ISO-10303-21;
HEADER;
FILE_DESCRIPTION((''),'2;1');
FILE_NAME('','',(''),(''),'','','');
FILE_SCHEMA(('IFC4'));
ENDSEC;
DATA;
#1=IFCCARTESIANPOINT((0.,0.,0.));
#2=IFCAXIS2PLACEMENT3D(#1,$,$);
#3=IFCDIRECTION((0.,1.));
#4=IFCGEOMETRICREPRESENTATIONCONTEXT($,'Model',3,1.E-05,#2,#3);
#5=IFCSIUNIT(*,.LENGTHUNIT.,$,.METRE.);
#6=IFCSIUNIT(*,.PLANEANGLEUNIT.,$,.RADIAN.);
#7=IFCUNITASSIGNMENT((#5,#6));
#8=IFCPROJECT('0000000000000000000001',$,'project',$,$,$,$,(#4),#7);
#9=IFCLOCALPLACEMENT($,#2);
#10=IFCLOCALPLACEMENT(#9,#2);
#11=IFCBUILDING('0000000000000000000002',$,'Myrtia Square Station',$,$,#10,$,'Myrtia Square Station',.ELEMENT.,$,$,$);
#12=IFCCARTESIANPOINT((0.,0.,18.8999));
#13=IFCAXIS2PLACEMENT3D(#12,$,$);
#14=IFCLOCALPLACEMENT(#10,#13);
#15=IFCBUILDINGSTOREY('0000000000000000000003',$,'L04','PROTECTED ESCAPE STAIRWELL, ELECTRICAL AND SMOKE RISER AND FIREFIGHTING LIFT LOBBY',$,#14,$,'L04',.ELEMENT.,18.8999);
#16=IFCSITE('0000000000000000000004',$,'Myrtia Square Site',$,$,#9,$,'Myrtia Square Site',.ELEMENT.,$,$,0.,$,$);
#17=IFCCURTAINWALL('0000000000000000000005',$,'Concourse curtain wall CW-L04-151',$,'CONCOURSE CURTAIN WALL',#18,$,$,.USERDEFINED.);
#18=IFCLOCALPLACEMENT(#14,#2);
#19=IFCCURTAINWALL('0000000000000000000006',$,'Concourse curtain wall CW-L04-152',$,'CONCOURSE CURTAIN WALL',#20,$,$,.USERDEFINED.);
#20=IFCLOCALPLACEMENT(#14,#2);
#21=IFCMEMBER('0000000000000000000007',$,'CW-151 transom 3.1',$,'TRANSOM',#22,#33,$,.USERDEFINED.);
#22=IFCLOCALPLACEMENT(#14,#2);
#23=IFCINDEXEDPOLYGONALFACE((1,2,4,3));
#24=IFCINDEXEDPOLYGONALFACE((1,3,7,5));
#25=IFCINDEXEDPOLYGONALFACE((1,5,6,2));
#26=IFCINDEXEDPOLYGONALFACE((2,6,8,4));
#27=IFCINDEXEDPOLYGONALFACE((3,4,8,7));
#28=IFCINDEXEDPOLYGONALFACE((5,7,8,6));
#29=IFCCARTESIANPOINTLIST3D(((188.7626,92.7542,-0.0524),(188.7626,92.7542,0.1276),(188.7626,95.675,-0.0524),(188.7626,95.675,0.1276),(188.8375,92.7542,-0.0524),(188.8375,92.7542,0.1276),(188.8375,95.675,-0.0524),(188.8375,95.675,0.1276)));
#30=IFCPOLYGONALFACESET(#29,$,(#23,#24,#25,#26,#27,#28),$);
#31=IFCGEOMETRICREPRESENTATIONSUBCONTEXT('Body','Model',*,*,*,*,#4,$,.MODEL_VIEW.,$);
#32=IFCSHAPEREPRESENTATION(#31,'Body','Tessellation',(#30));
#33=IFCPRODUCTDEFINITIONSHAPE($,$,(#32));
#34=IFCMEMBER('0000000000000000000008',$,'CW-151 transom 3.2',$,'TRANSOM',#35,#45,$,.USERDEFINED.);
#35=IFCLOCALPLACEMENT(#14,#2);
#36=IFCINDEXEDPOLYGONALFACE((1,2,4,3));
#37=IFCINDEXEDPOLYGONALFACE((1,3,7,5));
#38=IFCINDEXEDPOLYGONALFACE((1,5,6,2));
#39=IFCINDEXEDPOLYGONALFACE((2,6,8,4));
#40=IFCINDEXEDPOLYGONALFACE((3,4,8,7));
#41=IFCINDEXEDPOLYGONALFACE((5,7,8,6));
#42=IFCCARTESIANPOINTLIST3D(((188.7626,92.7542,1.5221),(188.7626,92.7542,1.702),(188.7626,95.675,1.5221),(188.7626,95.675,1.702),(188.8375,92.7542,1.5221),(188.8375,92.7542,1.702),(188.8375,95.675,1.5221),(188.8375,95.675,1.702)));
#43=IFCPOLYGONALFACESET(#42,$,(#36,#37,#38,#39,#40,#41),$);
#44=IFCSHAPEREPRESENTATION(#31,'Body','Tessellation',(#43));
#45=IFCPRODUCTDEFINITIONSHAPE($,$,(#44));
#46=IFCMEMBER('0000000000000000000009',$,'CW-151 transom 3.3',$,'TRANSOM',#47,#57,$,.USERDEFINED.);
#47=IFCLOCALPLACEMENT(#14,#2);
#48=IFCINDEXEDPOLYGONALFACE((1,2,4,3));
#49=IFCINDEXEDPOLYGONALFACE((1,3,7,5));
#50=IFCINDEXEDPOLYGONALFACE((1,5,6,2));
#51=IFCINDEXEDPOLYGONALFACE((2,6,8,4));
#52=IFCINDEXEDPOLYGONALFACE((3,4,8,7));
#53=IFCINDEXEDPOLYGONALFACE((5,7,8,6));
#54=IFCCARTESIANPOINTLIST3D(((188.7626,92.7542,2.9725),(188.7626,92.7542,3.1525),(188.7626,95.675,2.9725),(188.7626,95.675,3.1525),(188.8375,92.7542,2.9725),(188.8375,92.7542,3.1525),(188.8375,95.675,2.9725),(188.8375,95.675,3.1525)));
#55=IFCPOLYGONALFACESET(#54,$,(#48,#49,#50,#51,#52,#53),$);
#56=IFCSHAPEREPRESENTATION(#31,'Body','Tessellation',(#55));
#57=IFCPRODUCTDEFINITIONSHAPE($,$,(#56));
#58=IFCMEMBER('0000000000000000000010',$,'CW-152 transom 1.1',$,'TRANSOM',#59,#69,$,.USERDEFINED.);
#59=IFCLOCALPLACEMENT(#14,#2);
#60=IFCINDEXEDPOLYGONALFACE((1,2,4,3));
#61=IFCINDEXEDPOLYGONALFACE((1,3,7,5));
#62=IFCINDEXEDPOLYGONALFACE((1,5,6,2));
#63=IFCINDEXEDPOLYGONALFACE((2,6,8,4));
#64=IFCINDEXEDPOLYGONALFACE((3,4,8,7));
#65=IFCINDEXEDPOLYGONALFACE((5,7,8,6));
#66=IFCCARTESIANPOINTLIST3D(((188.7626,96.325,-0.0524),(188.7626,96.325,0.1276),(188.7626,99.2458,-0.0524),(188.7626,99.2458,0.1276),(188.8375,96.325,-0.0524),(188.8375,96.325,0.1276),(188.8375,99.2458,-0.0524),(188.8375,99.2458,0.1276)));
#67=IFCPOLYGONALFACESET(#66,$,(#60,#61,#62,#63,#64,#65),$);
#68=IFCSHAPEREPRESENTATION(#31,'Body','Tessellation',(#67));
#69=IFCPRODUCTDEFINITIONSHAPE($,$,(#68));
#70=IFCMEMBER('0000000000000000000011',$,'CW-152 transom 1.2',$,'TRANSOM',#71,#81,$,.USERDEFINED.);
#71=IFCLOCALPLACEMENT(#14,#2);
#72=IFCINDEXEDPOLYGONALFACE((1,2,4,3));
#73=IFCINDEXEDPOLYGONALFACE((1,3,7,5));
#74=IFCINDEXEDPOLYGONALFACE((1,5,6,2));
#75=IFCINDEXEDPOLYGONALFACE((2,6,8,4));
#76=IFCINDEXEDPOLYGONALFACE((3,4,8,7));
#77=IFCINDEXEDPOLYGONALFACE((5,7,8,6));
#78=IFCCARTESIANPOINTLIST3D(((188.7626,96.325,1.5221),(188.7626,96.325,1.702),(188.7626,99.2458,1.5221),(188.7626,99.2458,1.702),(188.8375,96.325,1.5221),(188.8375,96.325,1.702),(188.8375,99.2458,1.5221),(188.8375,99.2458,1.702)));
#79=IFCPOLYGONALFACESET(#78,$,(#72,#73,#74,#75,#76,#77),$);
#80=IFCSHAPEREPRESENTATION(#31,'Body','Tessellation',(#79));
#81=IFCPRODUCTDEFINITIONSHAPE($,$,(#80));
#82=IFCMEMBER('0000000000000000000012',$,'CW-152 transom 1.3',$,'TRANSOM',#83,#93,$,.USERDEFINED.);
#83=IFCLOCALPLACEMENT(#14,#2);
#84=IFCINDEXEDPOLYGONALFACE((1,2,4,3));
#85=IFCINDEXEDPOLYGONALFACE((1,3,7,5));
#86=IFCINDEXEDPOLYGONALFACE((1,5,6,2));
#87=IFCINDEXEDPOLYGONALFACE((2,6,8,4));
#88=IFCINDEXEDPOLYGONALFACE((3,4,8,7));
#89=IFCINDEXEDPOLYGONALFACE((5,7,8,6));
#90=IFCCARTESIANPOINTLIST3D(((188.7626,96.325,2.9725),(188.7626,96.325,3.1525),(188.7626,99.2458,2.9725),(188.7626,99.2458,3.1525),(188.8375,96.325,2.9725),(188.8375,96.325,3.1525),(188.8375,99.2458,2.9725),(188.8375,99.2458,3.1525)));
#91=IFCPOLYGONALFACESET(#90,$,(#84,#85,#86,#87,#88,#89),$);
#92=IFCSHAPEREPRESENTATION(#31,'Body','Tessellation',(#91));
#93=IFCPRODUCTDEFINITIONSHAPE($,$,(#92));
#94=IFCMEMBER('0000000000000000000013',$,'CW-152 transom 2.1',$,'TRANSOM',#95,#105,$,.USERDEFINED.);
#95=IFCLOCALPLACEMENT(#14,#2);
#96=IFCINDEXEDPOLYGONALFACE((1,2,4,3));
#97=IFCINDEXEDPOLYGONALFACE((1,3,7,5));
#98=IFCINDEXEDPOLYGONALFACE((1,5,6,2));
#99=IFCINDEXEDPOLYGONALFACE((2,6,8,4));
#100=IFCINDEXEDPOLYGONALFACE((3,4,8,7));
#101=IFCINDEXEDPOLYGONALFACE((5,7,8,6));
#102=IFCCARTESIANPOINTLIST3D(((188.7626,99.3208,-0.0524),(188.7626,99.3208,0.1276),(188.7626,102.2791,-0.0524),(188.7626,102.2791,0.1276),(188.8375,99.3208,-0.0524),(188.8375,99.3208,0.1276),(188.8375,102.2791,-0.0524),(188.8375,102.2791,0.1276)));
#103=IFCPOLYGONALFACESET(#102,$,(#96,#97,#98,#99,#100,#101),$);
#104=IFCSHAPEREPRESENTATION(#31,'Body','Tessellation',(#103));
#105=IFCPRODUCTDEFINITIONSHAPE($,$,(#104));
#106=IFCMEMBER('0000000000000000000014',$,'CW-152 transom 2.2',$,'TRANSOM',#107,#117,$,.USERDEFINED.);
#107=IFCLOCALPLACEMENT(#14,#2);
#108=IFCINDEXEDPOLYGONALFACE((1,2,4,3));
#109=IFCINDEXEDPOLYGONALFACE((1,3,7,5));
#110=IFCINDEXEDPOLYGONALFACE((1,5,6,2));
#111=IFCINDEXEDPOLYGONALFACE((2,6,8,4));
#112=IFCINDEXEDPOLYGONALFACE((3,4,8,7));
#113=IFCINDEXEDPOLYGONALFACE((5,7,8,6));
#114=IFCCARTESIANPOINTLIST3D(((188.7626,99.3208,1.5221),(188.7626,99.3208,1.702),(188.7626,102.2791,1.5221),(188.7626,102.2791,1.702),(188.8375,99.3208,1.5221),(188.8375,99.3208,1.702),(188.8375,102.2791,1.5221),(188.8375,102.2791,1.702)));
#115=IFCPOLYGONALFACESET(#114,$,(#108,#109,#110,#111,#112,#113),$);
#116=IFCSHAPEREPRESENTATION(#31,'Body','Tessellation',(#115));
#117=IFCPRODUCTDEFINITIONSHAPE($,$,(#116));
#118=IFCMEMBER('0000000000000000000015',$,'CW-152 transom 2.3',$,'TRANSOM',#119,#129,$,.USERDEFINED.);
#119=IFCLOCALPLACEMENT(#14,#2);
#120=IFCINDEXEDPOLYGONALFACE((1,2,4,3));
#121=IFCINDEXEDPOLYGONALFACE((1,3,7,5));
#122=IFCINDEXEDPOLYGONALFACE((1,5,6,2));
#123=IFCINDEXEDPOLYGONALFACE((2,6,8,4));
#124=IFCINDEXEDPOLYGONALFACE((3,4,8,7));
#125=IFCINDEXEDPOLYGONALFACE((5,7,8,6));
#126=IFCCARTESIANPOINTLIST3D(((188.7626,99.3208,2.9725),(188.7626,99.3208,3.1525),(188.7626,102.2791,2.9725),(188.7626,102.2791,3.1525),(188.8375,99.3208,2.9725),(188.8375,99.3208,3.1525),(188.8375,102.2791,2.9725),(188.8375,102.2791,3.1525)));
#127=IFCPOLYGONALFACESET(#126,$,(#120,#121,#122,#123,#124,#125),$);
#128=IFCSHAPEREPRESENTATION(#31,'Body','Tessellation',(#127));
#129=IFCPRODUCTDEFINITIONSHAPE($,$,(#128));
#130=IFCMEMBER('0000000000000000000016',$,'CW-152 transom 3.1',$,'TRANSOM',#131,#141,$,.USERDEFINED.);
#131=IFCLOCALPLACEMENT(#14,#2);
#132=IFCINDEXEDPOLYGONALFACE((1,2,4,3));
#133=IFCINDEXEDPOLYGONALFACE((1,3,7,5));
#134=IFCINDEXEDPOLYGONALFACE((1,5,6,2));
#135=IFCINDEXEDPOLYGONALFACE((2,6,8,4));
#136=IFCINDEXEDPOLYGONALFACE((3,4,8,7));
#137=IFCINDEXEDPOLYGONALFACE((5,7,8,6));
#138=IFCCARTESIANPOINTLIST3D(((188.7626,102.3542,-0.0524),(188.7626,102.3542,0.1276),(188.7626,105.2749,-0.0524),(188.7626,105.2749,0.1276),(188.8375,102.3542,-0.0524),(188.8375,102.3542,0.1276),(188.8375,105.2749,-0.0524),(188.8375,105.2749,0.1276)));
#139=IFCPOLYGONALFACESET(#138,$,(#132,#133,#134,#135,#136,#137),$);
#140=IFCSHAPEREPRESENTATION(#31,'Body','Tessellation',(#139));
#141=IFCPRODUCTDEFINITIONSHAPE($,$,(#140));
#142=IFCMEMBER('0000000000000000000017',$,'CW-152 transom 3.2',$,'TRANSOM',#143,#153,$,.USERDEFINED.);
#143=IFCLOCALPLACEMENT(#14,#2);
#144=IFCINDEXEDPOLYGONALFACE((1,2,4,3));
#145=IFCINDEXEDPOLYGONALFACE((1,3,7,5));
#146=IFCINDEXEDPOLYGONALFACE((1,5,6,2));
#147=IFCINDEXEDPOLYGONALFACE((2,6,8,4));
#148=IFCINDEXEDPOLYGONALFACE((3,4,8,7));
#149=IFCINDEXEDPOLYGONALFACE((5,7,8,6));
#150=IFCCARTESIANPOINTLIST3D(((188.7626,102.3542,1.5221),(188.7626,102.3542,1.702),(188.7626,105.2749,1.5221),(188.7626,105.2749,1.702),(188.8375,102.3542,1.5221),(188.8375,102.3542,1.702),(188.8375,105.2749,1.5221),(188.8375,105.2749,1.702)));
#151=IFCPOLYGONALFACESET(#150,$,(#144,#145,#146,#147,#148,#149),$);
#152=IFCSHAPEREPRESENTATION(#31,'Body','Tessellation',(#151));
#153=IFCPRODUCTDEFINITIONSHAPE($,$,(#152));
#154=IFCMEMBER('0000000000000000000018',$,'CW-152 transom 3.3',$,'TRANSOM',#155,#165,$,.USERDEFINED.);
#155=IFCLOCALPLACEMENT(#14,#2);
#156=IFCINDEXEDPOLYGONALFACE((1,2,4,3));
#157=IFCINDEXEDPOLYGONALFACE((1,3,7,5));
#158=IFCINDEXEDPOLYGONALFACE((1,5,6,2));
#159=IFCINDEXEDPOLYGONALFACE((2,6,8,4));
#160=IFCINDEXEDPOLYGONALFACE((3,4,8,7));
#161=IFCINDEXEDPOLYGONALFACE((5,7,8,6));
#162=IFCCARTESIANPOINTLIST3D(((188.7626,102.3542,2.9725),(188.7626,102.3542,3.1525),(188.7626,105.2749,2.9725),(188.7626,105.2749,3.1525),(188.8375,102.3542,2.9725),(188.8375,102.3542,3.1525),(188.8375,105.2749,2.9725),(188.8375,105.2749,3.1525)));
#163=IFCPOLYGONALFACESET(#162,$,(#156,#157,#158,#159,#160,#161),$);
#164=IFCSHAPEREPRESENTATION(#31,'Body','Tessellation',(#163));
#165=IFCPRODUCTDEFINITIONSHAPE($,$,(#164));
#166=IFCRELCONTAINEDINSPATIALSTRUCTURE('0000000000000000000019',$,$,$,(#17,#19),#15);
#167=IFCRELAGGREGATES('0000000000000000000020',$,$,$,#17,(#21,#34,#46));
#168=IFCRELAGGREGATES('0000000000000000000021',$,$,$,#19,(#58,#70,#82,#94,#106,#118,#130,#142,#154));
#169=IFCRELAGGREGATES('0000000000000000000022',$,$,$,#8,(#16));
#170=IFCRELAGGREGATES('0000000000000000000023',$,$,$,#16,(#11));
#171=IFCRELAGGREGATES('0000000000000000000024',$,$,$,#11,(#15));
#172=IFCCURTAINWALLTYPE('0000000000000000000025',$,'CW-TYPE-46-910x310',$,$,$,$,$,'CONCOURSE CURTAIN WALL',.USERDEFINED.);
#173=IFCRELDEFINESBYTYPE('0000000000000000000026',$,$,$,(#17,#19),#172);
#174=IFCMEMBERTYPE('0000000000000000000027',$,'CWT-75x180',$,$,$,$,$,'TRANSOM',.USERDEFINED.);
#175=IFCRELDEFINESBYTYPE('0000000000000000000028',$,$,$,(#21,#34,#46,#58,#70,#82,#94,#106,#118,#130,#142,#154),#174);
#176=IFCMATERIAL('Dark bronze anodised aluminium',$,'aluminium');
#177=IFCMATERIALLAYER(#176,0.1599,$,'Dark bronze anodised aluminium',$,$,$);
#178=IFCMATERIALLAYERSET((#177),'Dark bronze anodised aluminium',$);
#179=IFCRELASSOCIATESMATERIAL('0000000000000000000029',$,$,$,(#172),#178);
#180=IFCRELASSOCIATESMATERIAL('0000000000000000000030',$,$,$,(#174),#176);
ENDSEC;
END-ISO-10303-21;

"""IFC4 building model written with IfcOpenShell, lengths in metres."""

from ifc_helpers import new_model, si_unit, direction, frame, origin, origin_2d, place, context, subcontext, project, spatial, rectangle, extrude, material, layer, layer_set, material_profile, profile_set, type_object, element, aggregate, save


model = new_model("IFC4")

# Units and contexts
model_context = context("Model", 3, precision=1e-05, world=origin(), true_north=direction((0.0, 1.0)))
body_context = subcontext(model_context, "Body", "Model", "MODEL_VIEW")
ifc_project = project(units=[si_unit("LENGTHUNIT", "METRE"), si_unit("PLANEANGLEUNIT", "RADIAN")], contexts=[model_context])

# Site, building, storey
site_placement = place(None, origin())
site = spatial("IfcSite", under=ifc_project, at=site_placement, Name="Myrtia Square Site", LongName="Myrtia Square Site", CompositionType="ELEMENT", RefElevation=0.0)
building_placement = place(site_placement, origin())
building = spatial("IfcBuilding", under=site, at=building_placement, Name="Myrtia Square Station", LongName="Myrtia Square Station", CompositionType="ELEMENT")
storey_placement = place(building_placement, frame((0.0, 0.0, 18.8999)))
storey = spatial("IfcBuildingStorey", under=building, at=storey_placement, Name="L04", Description="PROTECTED ESCAPE STAIRWELL, ELECTRICAL AND SMOKE RISER AND FIREFIGHTING LIFT LOBBY", LongName="L04", CompositionType="ELEMENT", Elevation=18.8999)

# Curtain walls
ifc_material_1 = material(Name="Dark bronze anodised aluminium", Category="aluminium")
ifc_layer_1 = layer(ifc_material_1, 0.1599, Name="Dark bronze anodised aluminium")
ifc_layer_set_1 = layer_set([ifc_layer_1], Name="Dark bronze anodised aluminium")
curtain_wall_type = type_object("IfcCurtainWallType", Name="CW-TYPE-46-910x310", ElementType="CONCOURSE CURTAIN WALL", PredefinedType="USERDEFINED", material=ifc_layer_set_1)
curtain_wall_1_placement = place(storey_placement, origin())
curtain_wall_1 = element("IfcCurtainWall", 1, at=curtain_wall_1_placement, inside=storey, type_object=curtain_wall_type, Name="Concourse curtain wall CW-L04-151", ObjectType="CONCOURSE CURTAIN WALL", PredefinedType="USERDEFINED")
curtain_wall_2_placement = place(storey_placement, origin())
curtain_wall_2 = element("IfcCurtainWall", 2, at=curtain_wall_2_placement, inside=storey, type_object=curtain_wall_type, Name="Concourse curtain wall CW-L04-152", ObjectType="CONCOURSE CURTAIN WALL", PredefinedType="USERDEFINED")

# Members
ifc_material_profile_1 = material_profile(ifc_material_1, rectangle(XDim=0.075, YDim=0.1799, at=origin_2d()), Name="ALU-T 75x180")
ifc_profile_set_1 = profile_set([ifc_material_profile_1], Name="Dark bronze anodised aluminium")
member_type_1 = type_object("IfcMemberType", Name="CWT-75x180", ElementType="TRANSOM", PredefinedType="USERDEFINED", material=ifc_profile_set_1)
member_1_placement = place(storey_placement, frame((188.8, 92.7542, 0.0376), z_axis=(0.0, 1.0, 0.0), x_axis=(-1.0, 0.0, 0.0)))
member_1 = element("IfcMember", 3, at=member_1_placement, type_object=member_type_1, Name="CW-151 transom 3.1", ObjectType="TRANSOM", PredefinedType="USERDEFINED", context=body_context, shape_type="SweptSolid", body=[
    extrude(rectangle(XDim=0.075, YDim=0.1799, at=origin_2d()), origin(), (0.0, 0.0, 1.0), 2.9209),
])
member_2_placement = place(storey_placement, frame((188.8, 92.7542, 1.6121), z_axis=(0.0, 1.0, 0.0), x_axis=(-1.0, 0.0, 0.0)))
member_2 = element("IfcMember", 4, at=member_2_placement, type_object=member_type_1, Name="CW-151 transom 3.2", ObjectType="TRANSOM", PredefinedType="USERDEFINED", context=body_context, shape_type="SweptSolid", body=[
    extrude(rectangle(XDim=0.075, YDim=0.1799, at=origin_2d()), origin(), (0.0, 0.0, 1.0), 2.9209),
])
member_3_placement = place(storey_placement, frame((188.8, 92.7542, 3.0625), z_axis=(0.0, 1.0, 0.0), x_axis=(-1.0, 0.0, 0.0)))
member_3 = element("IfcMember", 5, at=member_3_placement, type_object=member_type_1, Name="CW-151 transom 3.3", ObjectType="TRANSOM", PredefinedType="USERDEFINED", context=body_context, shape_type="SweptSolid", body=[
    extrude(rectangle(XDim=0.075, YDim=0.1799, at=origin_2d()), origin(), (0.0, 0.0, 1.0), 2.9209),
])
member_4_placement = place(storey_placement, frame((188.8, 96.325, 0.0376), z_axis=(0.0, 1.0, 0.0), x_axis=(-1.0, 0.0, 0.0)))
member_4 = element("IfcMember", 6, at=member_4_placement, type_object=member_type_1, Name="CW-152 transom 1.1", ObjectType="TRANSOM", PredefinedType="USERDEFINED", context=body_context, shape_type="SweptSolid", body=[
    extrude(rectangle(XDim=0.075, YDim=0.1799, at=origin_2d()), origin(), (0.0, 0.0, 1.0), 2.9209),
])
member_5_placement = place(storey_placement, frame((188.8, 96.325, 1.6121), z_axis=(0.0, 1.0, 0.0), x_axis=(-1.0, 0.0, 0.0)))
member_5 = element("IfcMember", 7, at=member_5_placement, type_object=member_type_1, Name="CW-152 transom 1.2", ObjectType="TRANSOM", PredefinedType="USERDEFINED", context=body_context, shape_type="SweptSolid", body=[
    extrude(rectangle(XDim=0.075, YDim=0.1799, at=origin_2d()), origin(), (0.0, 0.0, 1.0), 2.9209),
])
member_6_placement = place(storey_placement, frame((188.8, 96.325, 3.0625), z_axis=(0.0, 1.0, 0.0), x_axis=(-1.0, 0.0, 0.0)))
member_6 = element("IfcMember", 8, at=member_6_placement, type_object=member_type_1, Name="CW-152 transom 1.3", ObjectType="TRANSOM", PredefinedType="USERDEFINED", context=body_context, shape_type="SweptSolid", body=[
    extrude(rectangle(XDim=0.075, YDim=0.1799, at=origin_2d()), origin(), (0.0, 0.0, 1.0), 2.9209),
])
member_7_placement = place(storey_placement, frame((188.8, 99.3208, 0.0376), z_axis=(0.0, 1.0, 0.0), x_axis=(-1.0, 0.0, 0.0)))
member_7 = element("IfcMember", 9, at=member_7_placement, type_object=member_type_1, Name="CW-152 transom 2.1", ObjectType="TRANSOM", PredefinedType="USERDEFINED", context=body_context, shape_type="SweptSolid", body=[
    extrude(rectangle(XDim=0.075, YDim=0.1799, at=origin_2d()), origin(), (0.0, 0.0, 1.0), 2.9583),
])
member_8_placement = place(storey_placement, frame((188.8, 99.3208, 1.6121), z_axis=(0.0, 1.0, 0.0), x_axis=(-1.0, 0.0, 0.0)))
member_8 = element("IfcMember", 10, at=member_8_placement, type_object=member_type_1, Name="CW-152 transom 2.2", ObjectType="TRANSOM", PredefinedType="USERDEFINED", context=body_context, shape_type="SweptSolid", body=[
    extrude(rectangle(XDim=0.075, YDim=0.1799, at=origin_2d()), origin(), (0.0, 0.0, 1.0), 2.9583),
])
member_9_placement = place(storey_placement, frame((188.8, 99.3208, 3.0625), z_axis=(0.0, 1.0, 0.0), x_axis=(-1.0, 0.0, 0.0)))
member_9 = element("IfcMember", 11, at=member_9_placement, type_object=member_type_1, Name="CW-152 transom 2.3", ObjectType="TRANSOM", PredefinedType="USERDEFINED", context=body_context, shape_type="SweptSolid", body=[
    extrude(rectangle(XDim=0.075, YDim=0.1799, at=origin_2d()), origin(), (0.0, 0.0, 1.0), 2.9583),
])
member_10_placement = place(storey_placement, frame((188.8, 102.3542, 0.0376), z_axis=(0.0, 1.0, 0.0), x_axis=(-1.0, 0.0, 0.0)))
member_10 = element("IfcMember", 12, at=member_10_placement, type_object=member_type_1, Name="CW-152 transom 3.1", ObjectType="TRANSOM", PredefinedType="USERDEFINED", context=body_context, shape_type="SweptSolid", body=[
    extrude(rectangle(XDim=0.075, YDim=0.1799, at=origin_2d()), origin(), (0.0, 0.0, 1.0), 2.9207),
])
member_11_placement = place(storey_placement, frame((188.8, 102.3542, 1.6121), z_axis=(0.0, 1.0, 0.0), x_axis=(-1.0, 0.0, 0.0)))
member_11 = element("IfcMember", 13, at=member_11_placement, type_object=member_type_1, Name="CW-152 transom 3.2", ObjectType="TRANSOM", PredefinedType="USERDEFINED", context=body_context, shape_type="SweptSolid", body=[
    extrude(rectangle(XDim=0.075, YDim=0.1799, at=origin_2d()), origin(), (0.0, 0.0, 1.0), 2.9207),
])
member_12_placement = place(storey_placement, frame((188.8, 102.3542, 3.0625), z_axis=(0.0, 1.0, 0.0), x_axis=(-1.0, 0.0, 0.0)))
member_12 = element("IfcMember", 14, at=member_12_placement, type_object=member_type_1, Name="CW-152 transom 3.3", ObjectType="TRANSOM", PredefinedType="USERDEFINED", context=body_context, shape_type="SweptSolid", body=[
    extrude(rectangle(XDim=0.075, YDim=0.1799, at=origin_2d()), origin(), (0.0, 0.0, 1.0), 2.9207),
])

aggregate(curtain_wall_1, [member_1, member_2, member_3])
aggregate(curtain_wall_2, [member_4, member_5, member_6, member_7, member_8, member_9, member_10, member_11, member_12])

save(model, "model.ifc")
